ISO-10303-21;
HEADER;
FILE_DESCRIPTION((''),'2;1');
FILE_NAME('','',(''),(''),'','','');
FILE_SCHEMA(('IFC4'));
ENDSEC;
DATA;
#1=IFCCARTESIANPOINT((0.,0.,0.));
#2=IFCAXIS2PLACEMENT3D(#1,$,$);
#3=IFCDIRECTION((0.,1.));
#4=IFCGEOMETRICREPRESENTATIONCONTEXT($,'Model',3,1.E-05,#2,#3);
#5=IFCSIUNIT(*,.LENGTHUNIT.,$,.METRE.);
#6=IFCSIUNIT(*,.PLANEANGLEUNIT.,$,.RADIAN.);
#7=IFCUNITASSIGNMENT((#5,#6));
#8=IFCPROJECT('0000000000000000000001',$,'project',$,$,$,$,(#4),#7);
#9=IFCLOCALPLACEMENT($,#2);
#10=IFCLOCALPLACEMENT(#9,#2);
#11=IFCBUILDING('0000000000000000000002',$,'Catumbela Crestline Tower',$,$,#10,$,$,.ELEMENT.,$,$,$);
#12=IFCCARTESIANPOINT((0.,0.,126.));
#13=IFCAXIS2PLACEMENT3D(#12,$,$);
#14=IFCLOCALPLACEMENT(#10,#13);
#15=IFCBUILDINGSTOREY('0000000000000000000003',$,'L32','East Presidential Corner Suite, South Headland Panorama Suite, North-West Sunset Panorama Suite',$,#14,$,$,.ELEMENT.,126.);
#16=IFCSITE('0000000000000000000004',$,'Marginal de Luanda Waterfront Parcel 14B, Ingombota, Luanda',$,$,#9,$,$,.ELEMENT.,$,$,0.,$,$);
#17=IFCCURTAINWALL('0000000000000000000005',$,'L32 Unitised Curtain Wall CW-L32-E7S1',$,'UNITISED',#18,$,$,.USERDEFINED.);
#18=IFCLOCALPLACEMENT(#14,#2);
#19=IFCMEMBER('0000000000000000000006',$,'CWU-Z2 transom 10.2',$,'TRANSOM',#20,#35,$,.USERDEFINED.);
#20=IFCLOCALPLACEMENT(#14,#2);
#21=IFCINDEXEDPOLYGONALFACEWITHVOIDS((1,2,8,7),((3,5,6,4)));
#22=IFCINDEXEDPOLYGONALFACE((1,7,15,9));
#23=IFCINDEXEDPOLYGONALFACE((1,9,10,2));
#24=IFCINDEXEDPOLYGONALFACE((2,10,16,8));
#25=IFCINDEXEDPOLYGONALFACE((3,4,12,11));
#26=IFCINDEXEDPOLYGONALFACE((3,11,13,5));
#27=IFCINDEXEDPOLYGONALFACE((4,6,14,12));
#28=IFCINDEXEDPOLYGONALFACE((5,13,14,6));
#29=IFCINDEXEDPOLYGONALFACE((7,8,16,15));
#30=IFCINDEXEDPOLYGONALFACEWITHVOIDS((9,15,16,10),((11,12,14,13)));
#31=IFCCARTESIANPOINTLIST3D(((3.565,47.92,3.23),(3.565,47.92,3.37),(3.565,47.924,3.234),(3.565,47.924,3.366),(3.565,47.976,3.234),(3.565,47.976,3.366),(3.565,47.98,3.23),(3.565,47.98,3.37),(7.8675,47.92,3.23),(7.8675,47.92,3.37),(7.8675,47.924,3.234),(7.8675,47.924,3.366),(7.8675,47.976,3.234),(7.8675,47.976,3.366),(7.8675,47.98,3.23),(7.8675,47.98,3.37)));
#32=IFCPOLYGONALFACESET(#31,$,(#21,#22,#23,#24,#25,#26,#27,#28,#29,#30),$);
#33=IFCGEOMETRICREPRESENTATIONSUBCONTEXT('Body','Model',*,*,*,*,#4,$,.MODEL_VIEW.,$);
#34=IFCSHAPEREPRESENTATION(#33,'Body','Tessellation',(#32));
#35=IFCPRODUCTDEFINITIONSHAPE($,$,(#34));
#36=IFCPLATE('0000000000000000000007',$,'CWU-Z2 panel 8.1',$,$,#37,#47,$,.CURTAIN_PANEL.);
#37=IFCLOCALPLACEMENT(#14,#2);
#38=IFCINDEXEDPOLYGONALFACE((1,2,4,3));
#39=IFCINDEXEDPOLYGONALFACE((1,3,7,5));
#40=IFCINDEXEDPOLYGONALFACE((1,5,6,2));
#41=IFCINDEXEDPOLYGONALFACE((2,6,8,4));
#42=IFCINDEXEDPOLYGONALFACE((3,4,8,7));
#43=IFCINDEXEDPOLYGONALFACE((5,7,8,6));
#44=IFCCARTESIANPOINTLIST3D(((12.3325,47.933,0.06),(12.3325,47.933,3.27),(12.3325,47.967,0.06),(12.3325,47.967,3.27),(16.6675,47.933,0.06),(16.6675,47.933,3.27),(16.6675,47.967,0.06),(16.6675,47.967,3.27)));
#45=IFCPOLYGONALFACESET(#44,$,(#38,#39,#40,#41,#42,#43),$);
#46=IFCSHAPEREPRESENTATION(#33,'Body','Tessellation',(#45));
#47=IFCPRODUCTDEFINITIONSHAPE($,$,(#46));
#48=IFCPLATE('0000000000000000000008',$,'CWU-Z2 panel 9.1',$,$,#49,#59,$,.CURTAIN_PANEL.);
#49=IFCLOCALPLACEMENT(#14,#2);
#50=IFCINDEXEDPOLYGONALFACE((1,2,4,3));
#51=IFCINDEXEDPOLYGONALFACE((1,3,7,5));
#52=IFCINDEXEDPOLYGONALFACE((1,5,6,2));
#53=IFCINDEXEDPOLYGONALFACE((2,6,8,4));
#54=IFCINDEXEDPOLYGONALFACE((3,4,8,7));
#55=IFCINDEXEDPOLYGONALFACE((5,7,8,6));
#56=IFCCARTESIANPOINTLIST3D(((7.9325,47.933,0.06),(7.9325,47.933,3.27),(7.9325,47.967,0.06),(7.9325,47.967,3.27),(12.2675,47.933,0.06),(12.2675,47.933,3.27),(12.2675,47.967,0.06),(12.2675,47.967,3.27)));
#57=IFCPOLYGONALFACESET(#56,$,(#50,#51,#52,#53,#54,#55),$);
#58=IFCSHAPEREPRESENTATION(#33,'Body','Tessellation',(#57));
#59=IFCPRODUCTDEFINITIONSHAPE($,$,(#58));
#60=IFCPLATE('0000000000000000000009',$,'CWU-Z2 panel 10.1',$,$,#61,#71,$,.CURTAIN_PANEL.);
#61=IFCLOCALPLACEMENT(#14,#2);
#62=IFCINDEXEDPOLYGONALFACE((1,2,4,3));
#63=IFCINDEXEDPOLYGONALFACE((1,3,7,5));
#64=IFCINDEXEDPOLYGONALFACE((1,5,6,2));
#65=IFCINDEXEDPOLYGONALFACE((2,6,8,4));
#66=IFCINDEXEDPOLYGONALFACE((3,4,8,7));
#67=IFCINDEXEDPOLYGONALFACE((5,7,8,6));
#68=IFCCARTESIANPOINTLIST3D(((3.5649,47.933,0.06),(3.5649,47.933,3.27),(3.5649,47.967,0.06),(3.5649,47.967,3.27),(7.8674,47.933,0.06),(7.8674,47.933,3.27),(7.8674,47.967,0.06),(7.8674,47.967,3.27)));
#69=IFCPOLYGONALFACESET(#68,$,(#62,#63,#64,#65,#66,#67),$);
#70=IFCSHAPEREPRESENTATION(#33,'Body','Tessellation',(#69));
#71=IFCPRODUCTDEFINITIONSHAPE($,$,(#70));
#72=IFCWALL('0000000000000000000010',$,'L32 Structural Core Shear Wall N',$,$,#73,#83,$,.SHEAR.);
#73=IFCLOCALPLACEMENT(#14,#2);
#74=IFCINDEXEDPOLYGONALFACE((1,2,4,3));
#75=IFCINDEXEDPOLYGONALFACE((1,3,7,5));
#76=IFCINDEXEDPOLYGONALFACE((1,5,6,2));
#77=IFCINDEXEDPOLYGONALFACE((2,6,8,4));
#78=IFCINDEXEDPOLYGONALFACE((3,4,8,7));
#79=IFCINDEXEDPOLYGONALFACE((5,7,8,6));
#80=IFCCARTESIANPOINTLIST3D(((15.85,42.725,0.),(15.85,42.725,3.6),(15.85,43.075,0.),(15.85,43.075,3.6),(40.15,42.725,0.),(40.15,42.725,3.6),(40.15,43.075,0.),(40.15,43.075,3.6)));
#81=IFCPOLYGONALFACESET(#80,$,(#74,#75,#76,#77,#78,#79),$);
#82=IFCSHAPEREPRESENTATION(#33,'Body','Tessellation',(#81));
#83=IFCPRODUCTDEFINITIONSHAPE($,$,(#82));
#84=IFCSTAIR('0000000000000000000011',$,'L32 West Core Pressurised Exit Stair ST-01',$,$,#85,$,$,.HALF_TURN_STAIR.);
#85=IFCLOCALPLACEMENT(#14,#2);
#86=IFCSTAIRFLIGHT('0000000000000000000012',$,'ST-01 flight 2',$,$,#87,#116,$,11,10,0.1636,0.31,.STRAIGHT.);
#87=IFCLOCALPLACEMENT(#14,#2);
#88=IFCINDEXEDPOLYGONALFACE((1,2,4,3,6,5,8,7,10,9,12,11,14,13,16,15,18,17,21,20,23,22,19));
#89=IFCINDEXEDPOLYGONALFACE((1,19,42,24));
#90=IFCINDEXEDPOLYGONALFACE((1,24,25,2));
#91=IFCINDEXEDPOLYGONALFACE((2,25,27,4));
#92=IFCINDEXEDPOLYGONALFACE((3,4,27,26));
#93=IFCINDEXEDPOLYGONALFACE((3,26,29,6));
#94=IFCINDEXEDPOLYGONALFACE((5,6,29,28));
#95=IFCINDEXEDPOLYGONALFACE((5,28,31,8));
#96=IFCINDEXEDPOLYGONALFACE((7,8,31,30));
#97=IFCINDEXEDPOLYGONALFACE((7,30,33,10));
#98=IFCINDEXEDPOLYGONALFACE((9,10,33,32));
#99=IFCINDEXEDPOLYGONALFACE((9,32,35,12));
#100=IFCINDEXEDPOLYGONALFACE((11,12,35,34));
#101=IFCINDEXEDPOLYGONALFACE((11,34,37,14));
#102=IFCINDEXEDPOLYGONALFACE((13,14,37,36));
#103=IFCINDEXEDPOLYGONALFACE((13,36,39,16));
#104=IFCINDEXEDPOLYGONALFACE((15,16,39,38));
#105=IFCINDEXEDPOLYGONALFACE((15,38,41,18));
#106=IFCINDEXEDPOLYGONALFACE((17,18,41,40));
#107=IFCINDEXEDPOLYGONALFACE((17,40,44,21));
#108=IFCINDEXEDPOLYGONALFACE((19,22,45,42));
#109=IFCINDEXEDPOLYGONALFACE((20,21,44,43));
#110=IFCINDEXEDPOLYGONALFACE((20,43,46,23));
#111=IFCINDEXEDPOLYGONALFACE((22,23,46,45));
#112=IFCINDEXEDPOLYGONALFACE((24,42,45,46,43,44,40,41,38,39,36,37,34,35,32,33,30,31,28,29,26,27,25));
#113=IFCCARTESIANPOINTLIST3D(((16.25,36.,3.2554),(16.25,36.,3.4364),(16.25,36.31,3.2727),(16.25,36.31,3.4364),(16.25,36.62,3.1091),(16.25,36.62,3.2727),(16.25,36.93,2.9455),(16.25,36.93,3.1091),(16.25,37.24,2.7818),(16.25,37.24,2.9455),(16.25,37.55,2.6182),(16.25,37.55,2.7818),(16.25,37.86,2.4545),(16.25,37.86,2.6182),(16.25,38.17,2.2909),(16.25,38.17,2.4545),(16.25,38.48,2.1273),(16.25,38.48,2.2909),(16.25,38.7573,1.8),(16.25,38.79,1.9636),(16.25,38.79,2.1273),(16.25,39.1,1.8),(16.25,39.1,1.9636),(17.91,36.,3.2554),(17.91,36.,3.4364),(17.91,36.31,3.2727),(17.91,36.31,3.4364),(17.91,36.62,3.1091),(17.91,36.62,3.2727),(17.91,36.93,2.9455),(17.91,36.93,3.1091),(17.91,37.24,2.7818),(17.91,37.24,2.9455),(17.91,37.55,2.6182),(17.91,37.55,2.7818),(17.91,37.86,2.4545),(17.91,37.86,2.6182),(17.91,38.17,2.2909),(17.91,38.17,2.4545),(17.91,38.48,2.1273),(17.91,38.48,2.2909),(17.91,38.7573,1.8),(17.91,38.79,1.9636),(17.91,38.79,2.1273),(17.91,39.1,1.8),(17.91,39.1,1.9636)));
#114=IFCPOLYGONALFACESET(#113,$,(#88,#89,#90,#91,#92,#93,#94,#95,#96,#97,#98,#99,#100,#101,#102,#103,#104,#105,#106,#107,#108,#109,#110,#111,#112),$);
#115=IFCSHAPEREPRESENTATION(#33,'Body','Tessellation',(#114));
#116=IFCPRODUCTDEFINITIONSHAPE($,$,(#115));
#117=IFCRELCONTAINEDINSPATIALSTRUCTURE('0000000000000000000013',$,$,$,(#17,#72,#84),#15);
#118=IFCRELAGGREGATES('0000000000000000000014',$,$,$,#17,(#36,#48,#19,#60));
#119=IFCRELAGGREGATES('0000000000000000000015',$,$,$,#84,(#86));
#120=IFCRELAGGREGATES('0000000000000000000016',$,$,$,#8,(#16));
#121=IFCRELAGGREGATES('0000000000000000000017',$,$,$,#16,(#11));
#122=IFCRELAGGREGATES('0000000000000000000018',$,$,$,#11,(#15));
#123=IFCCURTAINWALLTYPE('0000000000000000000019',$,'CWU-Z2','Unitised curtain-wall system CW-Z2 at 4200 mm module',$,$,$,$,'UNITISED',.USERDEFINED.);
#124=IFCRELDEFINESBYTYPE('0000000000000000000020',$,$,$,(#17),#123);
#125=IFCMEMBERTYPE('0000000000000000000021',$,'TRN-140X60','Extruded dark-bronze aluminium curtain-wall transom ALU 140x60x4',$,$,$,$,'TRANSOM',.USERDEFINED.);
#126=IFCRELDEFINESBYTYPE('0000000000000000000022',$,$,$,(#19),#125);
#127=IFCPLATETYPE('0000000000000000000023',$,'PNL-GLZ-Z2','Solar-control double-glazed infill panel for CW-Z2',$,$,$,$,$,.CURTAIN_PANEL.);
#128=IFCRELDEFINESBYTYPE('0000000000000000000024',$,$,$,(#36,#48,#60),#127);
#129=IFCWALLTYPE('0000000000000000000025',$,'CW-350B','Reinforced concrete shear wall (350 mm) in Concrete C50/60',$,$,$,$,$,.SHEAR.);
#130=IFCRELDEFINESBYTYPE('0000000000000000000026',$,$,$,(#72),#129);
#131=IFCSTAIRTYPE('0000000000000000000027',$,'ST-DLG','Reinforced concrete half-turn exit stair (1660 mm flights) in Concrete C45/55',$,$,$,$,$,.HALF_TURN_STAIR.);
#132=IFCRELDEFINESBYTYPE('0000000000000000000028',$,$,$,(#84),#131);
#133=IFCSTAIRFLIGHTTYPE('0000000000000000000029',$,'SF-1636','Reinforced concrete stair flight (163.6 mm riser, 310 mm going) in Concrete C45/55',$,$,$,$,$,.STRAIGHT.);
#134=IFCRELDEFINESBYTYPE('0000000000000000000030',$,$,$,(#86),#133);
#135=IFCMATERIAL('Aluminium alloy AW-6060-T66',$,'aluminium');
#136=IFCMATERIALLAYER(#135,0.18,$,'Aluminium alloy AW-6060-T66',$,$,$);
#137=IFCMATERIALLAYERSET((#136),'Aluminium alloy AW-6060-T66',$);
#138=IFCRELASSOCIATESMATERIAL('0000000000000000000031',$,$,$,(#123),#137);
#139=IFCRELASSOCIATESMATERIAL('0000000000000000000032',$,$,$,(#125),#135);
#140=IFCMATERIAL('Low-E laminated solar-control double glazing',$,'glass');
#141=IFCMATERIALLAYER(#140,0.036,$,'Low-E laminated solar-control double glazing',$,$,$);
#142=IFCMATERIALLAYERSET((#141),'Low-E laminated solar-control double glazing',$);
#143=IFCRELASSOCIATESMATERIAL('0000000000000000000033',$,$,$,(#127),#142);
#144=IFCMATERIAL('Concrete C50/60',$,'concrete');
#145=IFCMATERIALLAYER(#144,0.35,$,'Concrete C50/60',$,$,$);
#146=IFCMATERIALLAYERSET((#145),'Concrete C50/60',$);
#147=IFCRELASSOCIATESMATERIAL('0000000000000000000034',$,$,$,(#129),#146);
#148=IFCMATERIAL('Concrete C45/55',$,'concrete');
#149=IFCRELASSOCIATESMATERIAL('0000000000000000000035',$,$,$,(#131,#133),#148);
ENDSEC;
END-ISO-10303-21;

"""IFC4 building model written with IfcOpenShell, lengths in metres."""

from ifc_helpers import new_model, si_unit, direction, frame, frame_2d, origin, origin_2d, place, context, subcontext, project, spatial, polyline, rectangle, hollow_rectangle, outline, extrude, material, layer, layer_set, material_profile, profile_set, type_object, element, aggregate, save


model = new_model("IFC4")

# Units and contexts
model_context = context("Model", 3, precision=1e-05, world=origin(), true_north=direction((0.0, 1.0)))
body_context = subcontext(model_context, "Body", "Model", "MODEL_VIEW")
ifc_project = project(units=[si_unit("LENGTHUNIT", "METRE"), si_unit("PLANEANGLEUNIT", "RADIAN")], contexts=[model_context])

# Site, building, storey
site_placement = place(None, origin())
site = spatial("IfcSite", under=ifc_project, at=site_placement, Name="Marginal de Luanda Waterfront Parcel 14B, Ingombota, Luanda", CompositionType="ELEMENT", RefElevation=0.0)
building_placement = place(site_placement, origin())
building = spatial("IfcBuilding", under=site, at=building_placement, Name="Catumbela Crestline Tower", CompositionType="ELEMENT")
storey_placement = place(building_placement, frame((0.0, 0.0, 126.0)))
storey = spatial("IfcBuildingStorey", under=building, at=storey_placement, Name="L32", Description="East Presidential Corner Suite, South Headland Panorama Suite, North-West Sunset Panorama Suite", CompositionType="ELEMENT", Elevation=126.0)

# Curtain wall
ifc_material_1 = material(Name="Aluminium alloy AW-6060-T66", Category="aluminium")
ifc_layer_1 = layer(ifc_material_1, 0.18, Name="Aluminium alloy AW-6060-T66")
ifc_layer_set_1 = layer_set([ifc_layer_1], Name="Aluminium alloy AW-6060-T66")
curtain_wall_type = type_object("IfcCurtainWallType", Name="CWU-Z2", Description="Unitised curtain-wall system CW-Z2 at 4200 mm module", ElementType="UNITISED", PredefinedType="USERDEFINED", material=ifc_layer_set_1)
curtain_wall_placement = place(storey_placement, origin())
curtain_wall = element("IfcCurtainWall", 1, at=curtain_wall_placement, inside=storey, type_object=curtain_wall_type, Name="L32 Unitised Curtain Wall CW-L32-E7S1", ObjectType="UNITISED", PredefinedType="USERDEFINED")

# Member
ifc_material_profile_1 = material_profile(ifc_material_1, hollow_rectangle(XDim=0.06, YDim=0.14, WallThickness=0.004, at=origin_2d()), Name="ALU 140x60x4")
ifc_profile_set_1 = profile_set([ifc_material_profile_1], Name="Aluminium alloy AW-6060-T66")
member_type_1 = type_object("IfcMemberType", Name="TRN-140X60", Description="Extruded dark-bronze aluminium curtain-wall transom ALU 140x60x4", ElementType="TRANSOM", PredefinedType="USERDEFINED", material=ifc_profile_set_1)
member_1_placement = place(storey_placement, frame((7.8675, 47.95, 3.3), z_axis=(-1.0, 0.0, 0.0), x_axis=(0.0, -1.0, 0.0)))
member_1 = element("IfcMember", 2, at=member_1_placement, type_object=member_type_1, Name="CWU-Z2 transom 10.2", ObjectType="TRANSOM", PredefinedType="USERDEFINED", context=body_context, shape_type="SweptSolid", body=[
    extrude(hollow_rectangle(XDim=0.06, YDim=0.14, WallThickness=0.004, at=origin_2d()), origin(), (0.0, 0.0, 1.0), 4.3025),
])

# Plates
ifc_material_2 = material(Name="Low-E laminated solar-control double glazing", Category="glass")
ifc_layer_2 = layer(ifc_material_2, 0.036, Name="Low-E laminated solar-control double glazing")
ifc_layer_set_2 = layer_set([ifc_layer_2], Name="Low-E laminated solar-control double glazing")
plate_type = type_object("IfcPlateType", Name="PNL-GLZ-Z2", Description="Solar-control double-glazed infill panel for CW-Z2", PredefinedType="CURTAIN_PANEL", material=ifc_layer_set_2)
plate_1_placement = place(storey_placement, frame((14.5, 47.95, 0.06), z_axis=(0.0, 0.0, 1.0), x_axis=(-1.0, 0.0, 0.0)))
plate_1 = element("IfcPlate", 3, at=plate_1_placement, type_object=plate_type, Name="CWU-Z2 panel 8.1", PredefinedType="CURTAIN_PANEL", context=body_context, shape_type="SweptSolid", body=[
    extrude(rectangle(XDim=4.335, YDim=0.034, at=origin_2d()), origin(), (0.0, 0.0, 1.0), 3.21),
])
plate_2_placement = place(storey_placement, frame((10.1, 47.95, 0.06), z_axis=(0.0, 0.0, 1.0), x_axis=(-1.0, 0.0, 0.0)))
plate_2 = element("IfcPlate", 4, at=plate_2_placement, type_object=plate_type, Name="CWU-Z2 panel 9.1", PredefinedType="CURTAIN_PANEL", context=body_context, shape_type="SweptSolid", body=[
    extrude(rectangle(XDim=4.335, YDim=0.034, at=origin_2d()), origin(), (0.0, 0.0, 1.0), 3.21),
])
plate_3_placement = place(storey_placement, frame((5.7162, 47.95, 0.06), z_axis=(0.0, 0.0, 1.0), x_axis=(-1.0, 0.0, 0.0)))
plate_3 = element("IfcPlate", 5, at=plate_3_placement, type_object=plate_type, Name="CWU-Z2 panel 10.1", PredefinedType="CURTAIN_PANEL", context=body_context, shape_type="SweptSolid", body=[
    extrude(rectangle(XDim=4.3025, YDim=0.034, at=origin_2d()), origin(), (0.0, 0.0, 1.0), 3.21),
])
aggregate(curtain_wall, [plate_1, plate_2, member_1, plate_3])

# Wall
ifc_material_3 = material(Name="Concrete C50/60", Category="concrete")
ifc_layer_3 = layer(ifc_material_3, 0.35, Name="Concrete C50/60")
ifc_layer_set_3 = layer_set([ifc_layer_3], Name="Concrete C50/60")
wall_type = type_object("IfcWallType", Name="CW-350B", Description="Reinforced concrete shear wall (350 mm) in Concrete C50/60", PredefinedType="SHEAR", material=ifc_layer_set_3)
wall_placement = place(storey_placement, frame((15.85, 42.9, 0.0), z_axis=(0.0, 0.0, 1.0), x_axis=(1.0, 0.0, 0.0)))
element("IfcWall", 6, at=wall_placement, inside=storey, type_object=wall_type, Name="L32 Structural Core Shear Wall N", PredefinedType="SHEAR", context=body_context, shape_type="SweptSolid", body=[
    extrude(rectangle(XDim=24.3, YDim=0.35, at=frame_2d((12.15, 0.0))), origin(), (0.0, 0.0, 1.0), 3.6),
])

# Stair, stair flight
ifc_material_4 = material(Name="Concrete C45/55", Category="concrete")
stair_type = type_object("IfcStairType", Name="ST-DLG", Description="Reinforced concrete half-turn exit stair (1660 mm flights) in Concrete C45/55", PredefinedType="HALF_TURN_STAIR", material=ifc_material_4)
stair_placement = place(storey_placement, origin())
stair = element("IfcStair", 7, at=stair_placement, inside=storey, type_object=stair_type, Name="L32 West Core Pressurised Exit Stair ST-01", PredefinedType="HALF_TURN_STAIR")
stair_flight_type = type_object("IfcStairFlightType", Name="SF-1636", Description="Reinforced concrete stair flight (163.6 mm riser, 310 mm going) in Concrete C45/55", PredefinedType="STRAIGHT", material=ifc_material_4)
stair_flight_placement = place(storey_placement, frame((17.08, 39.1, 1.8), z_axis=(0.0, 0.0, 1.0), x_axis=(0.0, -1.0, 0.0)))
stair_flight = element("IfcStairFlight", 8, at=stair_flight_placement, type_object=stair_flight_type, Name="ST-01 flight 2", NumberOfRisers=11, NumberOfTreads=10, PredefinedType="STRAIGHT", RiserHeight=0.1636, TreadLength=0.31, context=body_context, shape_type="SweptSolid", body=[
    extrude(outline(polyline([(0.0, 0.0), (0.0, 0.1636), (0.31, 0.1636), (0.31, 0.3273), (0.62, 0.3273), (0.62, 0.4909), (0.93, 0.4909), (0.93, 0.6545), (1.24, 0.6545), (1.24, 0.8182), (1.55, 0.8182), (1.55, 0.9818), (1.86, 0.9818), (1.86, 1.1455), (2.17, 1.1455), (2.17, 1.3091), (2.48, 1.3091), (2.48, 1.4727), (2.79, 1.4727), (2.79, 1.6364), (3.1, 1.6364), (3.1, 1.8), (3.1, 1.4554), (0.3427, 0.0), (0.0, 0.0)])), frame((0.0, 0.83, 0.0), z_axis=(0.0, -1.0, 0.0), x_axis=(1.0, 0.0, 0.0)), (0.0, 0.0, 1.0), 1.66),
])
aggregate(stair, [stair_flight])

save(model, "model.ifc")
